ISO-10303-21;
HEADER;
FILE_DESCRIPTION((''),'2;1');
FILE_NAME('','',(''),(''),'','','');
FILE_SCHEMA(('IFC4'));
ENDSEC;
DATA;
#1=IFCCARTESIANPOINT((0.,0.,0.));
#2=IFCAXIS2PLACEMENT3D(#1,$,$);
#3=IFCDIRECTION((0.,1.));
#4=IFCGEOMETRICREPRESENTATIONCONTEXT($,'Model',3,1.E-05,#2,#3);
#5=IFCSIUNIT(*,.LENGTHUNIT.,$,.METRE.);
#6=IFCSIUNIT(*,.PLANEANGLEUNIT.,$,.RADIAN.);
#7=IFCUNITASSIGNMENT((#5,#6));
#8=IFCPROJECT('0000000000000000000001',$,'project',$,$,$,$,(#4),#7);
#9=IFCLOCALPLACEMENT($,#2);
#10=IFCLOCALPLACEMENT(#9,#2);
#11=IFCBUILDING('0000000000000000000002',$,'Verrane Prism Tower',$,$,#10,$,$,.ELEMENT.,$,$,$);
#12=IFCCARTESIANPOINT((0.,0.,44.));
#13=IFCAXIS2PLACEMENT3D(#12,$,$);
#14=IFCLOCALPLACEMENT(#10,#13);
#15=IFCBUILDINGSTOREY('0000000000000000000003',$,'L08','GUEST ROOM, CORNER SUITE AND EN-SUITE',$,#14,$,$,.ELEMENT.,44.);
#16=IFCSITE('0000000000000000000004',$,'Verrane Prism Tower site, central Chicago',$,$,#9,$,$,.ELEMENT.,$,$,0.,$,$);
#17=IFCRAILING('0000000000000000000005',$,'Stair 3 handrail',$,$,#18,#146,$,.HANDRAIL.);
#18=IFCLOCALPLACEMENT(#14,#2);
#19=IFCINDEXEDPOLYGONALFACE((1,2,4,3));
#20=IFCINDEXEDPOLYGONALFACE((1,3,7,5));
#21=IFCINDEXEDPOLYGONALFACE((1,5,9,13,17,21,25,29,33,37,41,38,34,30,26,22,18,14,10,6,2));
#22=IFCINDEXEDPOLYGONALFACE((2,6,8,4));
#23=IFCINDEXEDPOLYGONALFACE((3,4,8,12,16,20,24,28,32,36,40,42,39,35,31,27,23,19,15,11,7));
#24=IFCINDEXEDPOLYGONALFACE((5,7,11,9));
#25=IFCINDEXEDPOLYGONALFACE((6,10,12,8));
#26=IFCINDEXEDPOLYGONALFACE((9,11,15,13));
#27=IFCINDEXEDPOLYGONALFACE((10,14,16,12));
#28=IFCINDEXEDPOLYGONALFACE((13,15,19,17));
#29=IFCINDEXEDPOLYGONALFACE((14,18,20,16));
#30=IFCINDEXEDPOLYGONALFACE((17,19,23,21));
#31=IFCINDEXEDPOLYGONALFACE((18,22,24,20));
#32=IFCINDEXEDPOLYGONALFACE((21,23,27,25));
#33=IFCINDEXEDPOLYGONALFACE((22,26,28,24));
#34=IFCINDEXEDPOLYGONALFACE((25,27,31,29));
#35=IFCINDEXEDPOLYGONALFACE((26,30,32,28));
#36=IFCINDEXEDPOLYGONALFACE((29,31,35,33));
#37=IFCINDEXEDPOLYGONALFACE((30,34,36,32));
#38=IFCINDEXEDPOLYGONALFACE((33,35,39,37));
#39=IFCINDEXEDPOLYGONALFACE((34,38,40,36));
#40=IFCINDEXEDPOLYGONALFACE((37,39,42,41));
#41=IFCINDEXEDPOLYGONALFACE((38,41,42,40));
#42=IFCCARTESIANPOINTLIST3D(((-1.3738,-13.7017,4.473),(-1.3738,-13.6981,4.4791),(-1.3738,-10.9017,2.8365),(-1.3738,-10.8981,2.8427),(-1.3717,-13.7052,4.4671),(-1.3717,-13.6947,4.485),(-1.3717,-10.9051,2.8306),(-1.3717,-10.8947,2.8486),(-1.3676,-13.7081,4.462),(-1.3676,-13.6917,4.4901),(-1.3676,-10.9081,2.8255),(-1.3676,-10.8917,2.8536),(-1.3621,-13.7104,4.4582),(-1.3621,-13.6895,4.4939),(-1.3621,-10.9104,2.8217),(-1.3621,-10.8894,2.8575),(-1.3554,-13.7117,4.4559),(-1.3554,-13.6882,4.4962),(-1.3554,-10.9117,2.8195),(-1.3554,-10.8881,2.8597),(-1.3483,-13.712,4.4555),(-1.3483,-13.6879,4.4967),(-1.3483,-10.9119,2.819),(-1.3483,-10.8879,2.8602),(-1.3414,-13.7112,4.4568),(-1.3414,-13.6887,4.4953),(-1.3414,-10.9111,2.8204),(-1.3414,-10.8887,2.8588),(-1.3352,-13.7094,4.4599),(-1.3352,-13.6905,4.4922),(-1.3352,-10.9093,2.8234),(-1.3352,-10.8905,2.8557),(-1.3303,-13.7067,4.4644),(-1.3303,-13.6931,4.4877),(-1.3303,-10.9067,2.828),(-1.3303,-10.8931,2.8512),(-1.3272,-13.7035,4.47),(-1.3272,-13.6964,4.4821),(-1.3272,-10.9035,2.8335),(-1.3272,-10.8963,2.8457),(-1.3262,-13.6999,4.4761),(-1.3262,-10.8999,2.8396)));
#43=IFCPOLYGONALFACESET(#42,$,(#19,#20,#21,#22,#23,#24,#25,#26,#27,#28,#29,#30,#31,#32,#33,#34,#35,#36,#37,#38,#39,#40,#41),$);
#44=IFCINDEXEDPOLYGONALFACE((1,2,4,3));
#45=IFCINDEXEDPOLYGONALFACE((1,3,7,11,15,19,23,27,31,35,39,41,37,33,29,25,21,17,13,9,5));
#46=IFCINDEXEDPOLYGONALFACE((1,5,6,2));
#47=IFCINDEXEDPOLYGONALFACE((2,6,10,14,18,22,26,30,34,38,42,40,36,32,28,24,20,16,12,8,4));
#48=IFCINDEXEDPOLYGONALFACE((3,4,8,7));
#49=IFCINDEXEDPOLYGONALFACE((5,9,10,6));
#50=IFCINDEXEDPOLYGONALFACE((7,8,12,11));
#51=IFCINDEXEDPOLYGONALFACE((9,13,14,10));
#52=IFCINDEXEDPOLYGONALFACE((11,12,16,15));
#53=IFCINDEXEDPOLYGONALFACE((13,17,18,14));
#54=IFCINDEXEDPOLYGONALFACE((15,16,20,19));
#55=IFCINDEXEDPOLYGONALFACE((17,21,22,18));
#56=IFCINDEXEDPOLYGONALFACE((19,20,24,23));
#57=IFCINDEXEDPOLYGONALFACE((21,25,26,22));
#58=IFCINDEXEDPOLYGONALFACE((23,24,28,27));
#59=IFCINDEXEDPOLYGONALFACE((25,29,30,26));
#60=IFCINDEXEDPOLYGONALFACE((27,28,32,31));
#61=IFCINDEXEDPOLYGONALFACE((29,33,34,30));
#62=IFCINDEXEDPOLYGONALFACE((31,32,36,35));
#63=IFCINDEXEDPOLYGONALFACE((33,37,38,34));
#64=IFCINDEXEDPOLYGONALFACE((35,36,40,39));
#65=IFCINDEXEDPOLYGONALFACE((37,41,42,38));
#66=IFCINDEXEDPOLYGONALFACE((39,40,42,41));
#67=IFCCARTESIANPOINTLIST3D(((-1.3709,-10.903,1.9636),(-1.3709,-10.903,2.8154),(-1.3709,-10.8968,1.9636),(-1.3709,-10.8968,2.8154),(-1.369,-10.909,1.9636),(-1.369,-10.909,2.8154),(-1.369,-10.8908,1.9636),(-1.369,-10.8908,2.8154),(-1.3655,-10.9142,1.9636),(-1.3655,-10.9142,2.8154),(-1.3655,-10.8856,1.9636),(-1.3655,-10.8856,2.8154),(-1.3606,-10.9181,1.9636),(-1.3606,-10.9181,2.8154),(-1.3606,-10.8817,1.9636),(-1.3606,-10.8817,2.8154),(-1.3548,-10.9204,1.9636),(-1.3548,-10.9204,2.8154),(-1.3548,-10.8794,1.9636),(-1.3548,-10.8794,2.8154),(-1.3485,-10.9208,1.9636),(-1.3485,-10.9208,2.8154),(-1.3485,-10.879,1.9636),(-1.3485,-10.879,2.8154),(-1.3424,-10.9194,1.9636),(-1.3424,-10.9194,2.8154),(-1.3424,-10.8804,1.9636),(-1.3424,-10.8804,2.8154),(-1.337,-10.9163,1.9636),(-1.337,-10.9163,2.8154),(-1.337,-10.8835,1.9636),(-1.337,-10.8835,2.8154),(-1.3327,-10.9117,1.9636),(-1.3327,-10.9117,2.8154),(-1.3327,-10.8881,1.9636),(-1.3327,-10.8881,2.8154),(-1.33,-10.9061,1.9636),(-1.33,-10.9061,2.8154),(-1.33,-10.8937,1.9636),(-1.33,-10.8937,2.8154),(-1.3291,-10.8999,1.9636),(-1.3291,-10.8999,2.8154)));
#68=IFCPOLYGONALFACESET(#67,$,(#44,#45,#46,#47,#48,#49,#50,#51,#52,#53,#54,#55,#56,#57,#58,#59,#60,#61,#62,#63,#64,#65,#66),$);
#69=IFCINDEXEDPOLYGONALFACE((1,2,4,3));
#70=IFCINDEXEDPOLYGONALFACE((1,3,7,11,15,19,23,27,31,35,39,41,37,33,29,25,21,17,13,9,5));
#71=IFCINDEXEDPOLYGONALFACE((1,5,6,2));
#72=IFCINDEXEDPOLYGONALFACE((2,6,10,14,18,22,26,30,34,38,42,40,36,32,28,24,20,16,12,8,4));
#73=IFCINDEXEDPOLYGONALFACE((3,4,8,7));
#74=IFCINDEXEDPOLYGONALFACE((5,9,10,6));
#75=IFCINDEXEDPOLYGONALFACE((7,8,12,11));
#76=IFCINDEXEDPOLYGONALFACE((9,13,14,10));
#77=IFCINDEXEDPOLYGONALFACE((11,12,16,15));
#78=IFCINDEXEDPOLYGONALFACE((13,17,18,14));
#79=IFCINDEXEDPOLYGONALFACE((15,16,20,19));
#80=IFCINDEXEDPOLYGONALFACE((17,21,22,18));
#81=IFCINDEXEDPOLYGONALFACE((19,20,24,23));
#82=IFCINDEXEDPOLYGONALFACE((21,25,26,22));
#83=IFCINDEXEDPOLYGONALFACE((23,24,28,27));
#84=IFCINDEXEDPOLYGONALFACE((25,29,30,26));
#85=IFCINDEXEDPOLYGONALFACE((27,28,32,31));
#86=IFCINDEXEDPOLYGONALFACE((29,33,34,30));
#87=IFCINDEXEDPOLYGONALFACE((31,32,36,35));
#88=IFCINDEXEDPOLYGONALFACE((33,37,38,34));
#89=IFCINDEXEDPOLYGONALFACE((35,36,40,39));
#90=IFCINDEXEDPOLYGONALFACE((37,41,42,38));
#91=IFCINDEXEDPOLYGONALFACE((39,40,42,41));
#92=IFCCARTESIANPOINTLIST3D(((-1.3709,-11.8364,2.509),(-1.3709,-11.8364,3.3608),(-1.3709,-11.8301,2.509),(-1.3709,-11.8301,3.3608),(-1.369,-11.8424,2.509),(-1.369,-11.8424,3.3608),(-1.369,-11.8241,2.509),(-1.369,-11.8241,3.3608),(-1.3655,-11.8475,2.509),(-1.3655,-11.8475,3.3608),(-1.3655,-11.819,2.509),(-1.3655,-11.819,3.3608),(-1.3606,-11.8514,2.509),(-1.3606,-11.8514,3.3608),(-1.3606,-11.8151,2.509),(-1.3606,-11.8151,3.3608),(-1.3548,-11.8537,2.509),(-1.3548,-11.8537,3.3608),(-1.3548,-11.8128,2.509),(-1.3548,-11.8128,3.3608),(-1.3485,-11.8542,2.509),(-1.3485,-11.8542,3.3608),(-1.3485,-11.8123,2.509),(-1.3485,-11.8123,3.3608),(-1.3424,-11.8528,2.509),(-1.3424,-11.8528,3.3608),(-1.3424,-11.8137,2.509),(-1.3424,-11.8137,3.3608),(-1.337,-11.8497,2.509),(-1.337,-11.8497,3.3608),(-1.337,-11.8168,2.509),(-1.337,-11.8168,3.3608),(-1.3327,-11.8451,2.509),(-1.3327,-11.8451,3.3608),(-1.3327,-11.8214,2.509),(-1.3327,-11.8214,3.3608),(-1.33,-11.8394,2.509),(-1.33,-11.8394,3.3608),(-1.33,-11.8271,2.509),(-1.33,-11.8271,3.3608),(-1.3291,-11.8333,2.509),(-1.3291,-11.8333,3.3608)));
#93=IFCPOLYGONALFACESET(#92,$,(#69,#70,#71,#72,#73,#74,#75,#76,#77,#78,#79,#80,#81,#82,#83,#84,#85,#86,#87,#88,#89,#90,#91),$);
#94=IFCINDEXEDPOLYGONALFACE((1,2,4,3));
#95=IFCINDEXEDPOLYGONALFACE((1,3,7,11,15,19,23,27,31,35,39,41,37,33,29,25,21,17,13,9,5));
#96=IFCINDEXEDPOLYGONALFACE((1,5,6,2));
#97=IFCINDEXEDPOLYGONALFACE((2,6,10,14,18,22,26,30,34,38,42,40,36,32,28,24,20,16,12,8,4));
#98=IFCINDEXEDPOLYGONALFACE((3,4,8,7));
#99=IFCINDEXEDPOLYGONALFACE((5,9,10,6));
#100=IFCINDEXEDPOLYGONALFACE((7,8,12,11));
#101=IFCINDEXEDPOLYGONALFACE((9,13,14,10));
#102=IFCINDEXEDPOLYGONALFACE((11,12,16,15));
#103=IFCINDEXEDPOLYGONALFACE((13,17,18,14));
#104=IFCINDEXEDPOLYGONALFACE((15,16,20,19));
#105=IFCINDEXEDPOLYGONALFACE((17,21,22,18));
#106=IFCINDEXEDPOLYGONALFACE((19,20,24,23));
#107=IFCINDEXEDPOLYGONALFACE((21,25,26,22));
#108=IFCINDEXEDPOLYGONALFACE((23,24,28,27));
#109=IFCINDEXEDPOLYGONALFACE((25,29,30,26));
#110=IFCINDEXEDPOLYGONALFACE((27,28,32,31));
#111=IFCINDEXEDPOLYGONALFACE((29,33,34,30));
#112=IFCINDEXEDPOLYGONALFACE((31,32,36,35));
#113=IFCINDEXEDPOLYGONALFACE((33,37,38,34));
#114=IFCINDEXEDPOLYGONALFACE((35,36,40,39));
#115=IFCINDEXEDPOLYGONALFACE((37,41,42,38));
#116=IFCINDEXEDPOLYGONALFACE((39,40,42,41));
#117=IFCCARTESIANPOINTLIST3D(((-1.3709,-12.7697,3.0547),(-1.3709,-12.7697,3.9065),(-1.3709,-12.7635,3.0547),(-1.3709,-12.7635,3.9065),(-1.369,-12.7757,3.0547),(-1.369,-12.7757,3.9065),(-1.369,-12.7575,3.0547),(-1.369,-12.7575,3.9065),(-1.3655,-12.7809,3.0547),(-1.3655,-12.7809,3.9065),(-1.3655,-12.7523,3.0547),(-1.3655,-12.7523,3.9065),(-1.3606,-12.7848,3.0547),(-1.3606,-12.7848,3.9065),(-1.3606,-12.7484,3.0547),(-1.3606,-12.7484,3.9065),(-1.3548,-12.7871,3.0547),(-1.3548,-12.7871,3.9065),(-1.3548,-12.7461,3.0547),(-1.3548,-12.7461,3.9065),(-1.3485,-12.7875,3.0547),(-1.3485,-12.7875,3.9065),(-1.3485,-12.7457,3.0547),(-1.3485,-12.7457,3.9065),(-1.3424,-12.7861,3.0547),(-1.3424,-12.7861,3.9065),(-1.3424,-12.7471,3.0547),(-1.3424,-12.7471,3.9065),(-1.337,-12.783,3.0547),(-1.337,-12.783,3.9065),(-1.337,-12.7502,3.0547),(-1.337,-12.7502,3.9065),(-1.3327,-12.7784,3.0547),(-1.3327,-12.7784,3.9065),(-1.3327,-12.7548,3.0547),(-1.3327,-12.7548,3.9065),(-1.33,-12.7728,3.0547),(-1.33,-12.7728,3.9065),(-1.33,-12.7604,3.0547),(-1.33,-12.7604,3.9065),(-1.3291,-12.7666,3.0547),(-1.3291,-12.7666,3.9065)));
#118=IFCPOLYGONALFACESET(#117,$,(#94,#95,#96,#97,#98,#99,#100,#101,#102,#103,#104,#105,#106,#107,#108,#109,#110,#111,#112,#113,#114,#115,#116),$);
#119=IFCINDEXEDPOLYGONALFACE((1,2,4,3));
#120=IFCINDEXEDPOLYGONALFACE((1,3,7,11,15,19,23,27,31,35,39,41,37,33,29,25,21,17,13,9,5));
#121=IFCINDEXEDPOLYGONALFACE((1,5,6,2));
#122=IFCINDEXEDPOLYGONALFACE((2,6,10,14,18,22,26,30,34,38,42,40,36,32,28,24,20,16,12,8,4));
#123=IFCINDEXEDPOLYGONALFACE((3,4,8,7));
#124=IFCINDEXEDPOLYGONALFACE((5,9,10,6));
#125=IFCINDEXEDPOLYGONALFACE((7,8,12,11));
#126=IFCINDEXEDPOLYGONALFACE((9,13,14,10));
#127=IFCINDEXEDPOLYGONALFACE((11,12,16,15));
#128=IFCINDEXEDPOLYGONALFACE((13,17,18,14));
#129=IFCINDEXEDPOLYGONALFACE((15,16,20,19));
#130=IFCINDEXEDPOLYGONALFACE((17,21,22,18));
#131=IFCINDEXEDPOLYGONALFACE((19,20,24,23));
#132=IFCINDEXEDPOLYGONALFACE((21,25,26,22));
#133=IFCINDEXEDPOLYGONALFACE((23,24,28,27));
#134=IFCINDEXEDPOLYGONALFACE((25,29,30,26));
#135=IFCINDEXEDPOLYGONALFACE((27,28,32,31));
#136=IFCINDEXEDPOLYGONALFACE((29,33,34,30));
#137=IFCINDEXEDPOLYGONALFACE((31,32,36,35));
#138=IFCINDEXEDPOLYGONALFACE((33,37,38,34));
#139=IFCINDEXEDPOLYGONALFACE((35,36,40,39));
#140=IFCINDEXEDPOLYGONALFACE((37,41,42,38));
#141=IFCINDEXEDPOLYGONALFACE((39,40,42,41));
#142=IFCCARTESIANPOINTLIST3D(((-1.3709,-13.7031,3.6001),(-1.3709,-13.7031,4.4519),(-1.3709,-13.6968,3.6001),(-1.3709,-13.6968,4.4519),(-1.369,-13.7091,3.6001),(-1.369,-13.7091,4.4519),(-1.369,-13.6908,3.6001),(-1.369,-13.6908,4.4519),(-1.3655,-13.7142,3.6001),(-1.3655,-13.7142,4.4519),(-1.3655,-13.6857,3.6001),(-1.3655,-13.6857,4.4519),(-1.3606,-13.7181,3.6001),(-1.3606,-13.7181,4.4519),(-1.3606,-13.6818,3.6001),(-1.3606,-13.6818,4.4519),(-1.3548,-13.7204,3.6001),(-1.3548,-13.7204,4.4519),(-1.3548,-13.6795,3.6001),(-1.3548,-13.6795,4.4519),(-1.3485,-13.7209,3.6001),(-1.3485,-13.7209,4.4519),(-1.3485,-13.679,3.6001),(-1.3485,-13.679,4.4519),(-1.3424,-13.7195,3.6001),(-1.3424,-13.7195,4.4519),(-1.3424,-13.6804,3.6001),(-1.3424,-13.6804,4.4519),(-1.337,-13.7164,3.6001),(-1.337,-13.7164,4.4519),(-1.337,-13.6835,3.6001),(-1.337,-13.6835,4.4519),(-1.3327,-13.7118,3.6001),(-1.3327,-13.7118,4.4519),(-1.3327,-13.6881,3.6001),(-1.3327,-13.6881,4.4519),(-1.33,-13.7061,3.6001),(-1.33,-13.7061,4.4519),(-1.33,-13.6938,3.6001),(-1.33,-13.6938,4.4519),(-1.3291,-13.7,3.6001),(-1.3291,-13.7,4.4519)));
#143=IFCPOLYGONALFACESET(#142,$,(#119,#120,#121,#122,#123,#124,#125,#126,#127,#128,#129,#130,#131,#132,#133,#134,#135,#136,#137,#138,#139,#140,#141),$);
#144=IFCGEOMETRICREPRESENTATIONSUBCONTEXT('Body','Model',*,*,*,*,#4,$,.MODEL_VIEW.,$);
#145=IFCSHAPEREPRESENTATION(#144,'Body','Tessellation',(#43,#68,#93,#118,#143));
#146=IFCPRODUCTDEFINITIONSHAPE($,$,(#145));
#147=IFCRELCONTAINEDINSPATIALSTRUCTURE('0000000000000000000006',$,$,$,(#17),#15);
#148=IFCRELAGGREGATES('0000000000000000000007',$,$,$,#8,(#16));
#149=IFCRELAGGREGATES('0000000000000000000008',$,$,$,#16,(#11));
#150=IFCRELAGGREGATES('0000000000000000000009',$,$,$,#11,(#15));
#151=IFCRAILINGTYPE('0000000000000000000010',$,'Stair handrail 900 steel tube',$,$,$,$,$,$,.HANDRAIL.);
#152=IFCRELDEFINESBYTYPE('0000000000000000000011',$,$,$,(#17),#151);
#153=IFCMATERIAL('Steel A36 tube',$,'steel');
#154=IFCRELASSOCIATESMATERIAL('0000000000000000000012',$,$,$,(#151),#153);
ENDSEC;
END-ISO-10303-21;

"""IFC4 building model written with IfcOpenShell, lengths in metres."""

from ifc_helpers import new_model, si_unit, direction, frame, origin, origin_2d, place, context, subcontext, project, spatial, circle, extrude, material, type_object, element, save


model = new_model("IFC4")

# Units and contexts
model_context = context("Model", 3, precision=1e-05, world=origin(), true_north=direction((0.0, 1.0)))
body_context = subcontext(model_context, "Body", "Model", "MODEL_VIEW")
ifc_project = project(units=[si_unit("LENGTHUNIT", "METRE"), si_unit("PLANEANGLEUNIT", "RADIAN")], contexts=[model_context])

# Site, building, storey
site_placement = place(None, origin())
site = spatial("IfcSite", under=ifc_project, at=site_placement, Name="Verrane Prism Tower site, central Chicago", CompositionType="ELEMENT", RefElevation=0.0)
building_placement = place(site_placement, origin())
building = spatial("IfcBuilding", under=site, at=building_placement, Name="Verrane Prism Tower", CompositionType="ELEMENT")
storey_placement = place(building_placement, frame((0.0, 0.0, 44.0)))
storey = spatial("IfcBuildingStorey", under=building, at=storey_placement, Name="L08", Description="GUEST ROOM, CORNER SUITE AND EN-SUITE", CompositionType="ELEMENT", Elevation=44.0)

# Railing
ifc_material_1 = material(Name="Steel A36 tube", Category="steel")
railing_type = type_object("IfcRailingType", Name="Stair handrail 900 steel tube", PredefinedType="HANDRAIL", material=ifc_material_1)
railing_placement = place(storey_placement, frame((-1.3501, -10.8999, 1.9636)))
element("IfcRailing", 1, at=railing_placement, inside=storey, type_object=railing_type, Name="Stair 3 handrail", PredefinedType="HANDRAIL", context=body_context, shape_type="SweptSolid", body=[
    extrude(circle(Radius=0.0239, at=origin_2d()), frame((0.0, 0.0, 0.876), z_axis=(0.0, -0.863361, 0.504587), x_axis=(1.0, 0.0, 0.0)), (0.0, 0.0, 1.0), 3.2432),
    extrude(circle(Radius=0.021, at=origin_2d()), origin(), (0.0, 0.0, 1.0), 0.8518),
    extrude(circle(Radius=0.021, at=origin_2d()), frame((0.0, -0.9333, 0.5454)), (0.0, 0.0, 1.0), 0.8518),
    extrude(circle(Radius=0.021, at=origin_2d()), frame((0.0, -1.8667, 1.0911)), (0.0, 0.0, 1.0), 0.8518),
    extrude(circle(Radius=0.021, at=origin_2d()), frame((0.0, -2.8, 1.6365)), (0.0, 0.0, 1.0), 0.8518),
])

save(model, "model.ifc")
